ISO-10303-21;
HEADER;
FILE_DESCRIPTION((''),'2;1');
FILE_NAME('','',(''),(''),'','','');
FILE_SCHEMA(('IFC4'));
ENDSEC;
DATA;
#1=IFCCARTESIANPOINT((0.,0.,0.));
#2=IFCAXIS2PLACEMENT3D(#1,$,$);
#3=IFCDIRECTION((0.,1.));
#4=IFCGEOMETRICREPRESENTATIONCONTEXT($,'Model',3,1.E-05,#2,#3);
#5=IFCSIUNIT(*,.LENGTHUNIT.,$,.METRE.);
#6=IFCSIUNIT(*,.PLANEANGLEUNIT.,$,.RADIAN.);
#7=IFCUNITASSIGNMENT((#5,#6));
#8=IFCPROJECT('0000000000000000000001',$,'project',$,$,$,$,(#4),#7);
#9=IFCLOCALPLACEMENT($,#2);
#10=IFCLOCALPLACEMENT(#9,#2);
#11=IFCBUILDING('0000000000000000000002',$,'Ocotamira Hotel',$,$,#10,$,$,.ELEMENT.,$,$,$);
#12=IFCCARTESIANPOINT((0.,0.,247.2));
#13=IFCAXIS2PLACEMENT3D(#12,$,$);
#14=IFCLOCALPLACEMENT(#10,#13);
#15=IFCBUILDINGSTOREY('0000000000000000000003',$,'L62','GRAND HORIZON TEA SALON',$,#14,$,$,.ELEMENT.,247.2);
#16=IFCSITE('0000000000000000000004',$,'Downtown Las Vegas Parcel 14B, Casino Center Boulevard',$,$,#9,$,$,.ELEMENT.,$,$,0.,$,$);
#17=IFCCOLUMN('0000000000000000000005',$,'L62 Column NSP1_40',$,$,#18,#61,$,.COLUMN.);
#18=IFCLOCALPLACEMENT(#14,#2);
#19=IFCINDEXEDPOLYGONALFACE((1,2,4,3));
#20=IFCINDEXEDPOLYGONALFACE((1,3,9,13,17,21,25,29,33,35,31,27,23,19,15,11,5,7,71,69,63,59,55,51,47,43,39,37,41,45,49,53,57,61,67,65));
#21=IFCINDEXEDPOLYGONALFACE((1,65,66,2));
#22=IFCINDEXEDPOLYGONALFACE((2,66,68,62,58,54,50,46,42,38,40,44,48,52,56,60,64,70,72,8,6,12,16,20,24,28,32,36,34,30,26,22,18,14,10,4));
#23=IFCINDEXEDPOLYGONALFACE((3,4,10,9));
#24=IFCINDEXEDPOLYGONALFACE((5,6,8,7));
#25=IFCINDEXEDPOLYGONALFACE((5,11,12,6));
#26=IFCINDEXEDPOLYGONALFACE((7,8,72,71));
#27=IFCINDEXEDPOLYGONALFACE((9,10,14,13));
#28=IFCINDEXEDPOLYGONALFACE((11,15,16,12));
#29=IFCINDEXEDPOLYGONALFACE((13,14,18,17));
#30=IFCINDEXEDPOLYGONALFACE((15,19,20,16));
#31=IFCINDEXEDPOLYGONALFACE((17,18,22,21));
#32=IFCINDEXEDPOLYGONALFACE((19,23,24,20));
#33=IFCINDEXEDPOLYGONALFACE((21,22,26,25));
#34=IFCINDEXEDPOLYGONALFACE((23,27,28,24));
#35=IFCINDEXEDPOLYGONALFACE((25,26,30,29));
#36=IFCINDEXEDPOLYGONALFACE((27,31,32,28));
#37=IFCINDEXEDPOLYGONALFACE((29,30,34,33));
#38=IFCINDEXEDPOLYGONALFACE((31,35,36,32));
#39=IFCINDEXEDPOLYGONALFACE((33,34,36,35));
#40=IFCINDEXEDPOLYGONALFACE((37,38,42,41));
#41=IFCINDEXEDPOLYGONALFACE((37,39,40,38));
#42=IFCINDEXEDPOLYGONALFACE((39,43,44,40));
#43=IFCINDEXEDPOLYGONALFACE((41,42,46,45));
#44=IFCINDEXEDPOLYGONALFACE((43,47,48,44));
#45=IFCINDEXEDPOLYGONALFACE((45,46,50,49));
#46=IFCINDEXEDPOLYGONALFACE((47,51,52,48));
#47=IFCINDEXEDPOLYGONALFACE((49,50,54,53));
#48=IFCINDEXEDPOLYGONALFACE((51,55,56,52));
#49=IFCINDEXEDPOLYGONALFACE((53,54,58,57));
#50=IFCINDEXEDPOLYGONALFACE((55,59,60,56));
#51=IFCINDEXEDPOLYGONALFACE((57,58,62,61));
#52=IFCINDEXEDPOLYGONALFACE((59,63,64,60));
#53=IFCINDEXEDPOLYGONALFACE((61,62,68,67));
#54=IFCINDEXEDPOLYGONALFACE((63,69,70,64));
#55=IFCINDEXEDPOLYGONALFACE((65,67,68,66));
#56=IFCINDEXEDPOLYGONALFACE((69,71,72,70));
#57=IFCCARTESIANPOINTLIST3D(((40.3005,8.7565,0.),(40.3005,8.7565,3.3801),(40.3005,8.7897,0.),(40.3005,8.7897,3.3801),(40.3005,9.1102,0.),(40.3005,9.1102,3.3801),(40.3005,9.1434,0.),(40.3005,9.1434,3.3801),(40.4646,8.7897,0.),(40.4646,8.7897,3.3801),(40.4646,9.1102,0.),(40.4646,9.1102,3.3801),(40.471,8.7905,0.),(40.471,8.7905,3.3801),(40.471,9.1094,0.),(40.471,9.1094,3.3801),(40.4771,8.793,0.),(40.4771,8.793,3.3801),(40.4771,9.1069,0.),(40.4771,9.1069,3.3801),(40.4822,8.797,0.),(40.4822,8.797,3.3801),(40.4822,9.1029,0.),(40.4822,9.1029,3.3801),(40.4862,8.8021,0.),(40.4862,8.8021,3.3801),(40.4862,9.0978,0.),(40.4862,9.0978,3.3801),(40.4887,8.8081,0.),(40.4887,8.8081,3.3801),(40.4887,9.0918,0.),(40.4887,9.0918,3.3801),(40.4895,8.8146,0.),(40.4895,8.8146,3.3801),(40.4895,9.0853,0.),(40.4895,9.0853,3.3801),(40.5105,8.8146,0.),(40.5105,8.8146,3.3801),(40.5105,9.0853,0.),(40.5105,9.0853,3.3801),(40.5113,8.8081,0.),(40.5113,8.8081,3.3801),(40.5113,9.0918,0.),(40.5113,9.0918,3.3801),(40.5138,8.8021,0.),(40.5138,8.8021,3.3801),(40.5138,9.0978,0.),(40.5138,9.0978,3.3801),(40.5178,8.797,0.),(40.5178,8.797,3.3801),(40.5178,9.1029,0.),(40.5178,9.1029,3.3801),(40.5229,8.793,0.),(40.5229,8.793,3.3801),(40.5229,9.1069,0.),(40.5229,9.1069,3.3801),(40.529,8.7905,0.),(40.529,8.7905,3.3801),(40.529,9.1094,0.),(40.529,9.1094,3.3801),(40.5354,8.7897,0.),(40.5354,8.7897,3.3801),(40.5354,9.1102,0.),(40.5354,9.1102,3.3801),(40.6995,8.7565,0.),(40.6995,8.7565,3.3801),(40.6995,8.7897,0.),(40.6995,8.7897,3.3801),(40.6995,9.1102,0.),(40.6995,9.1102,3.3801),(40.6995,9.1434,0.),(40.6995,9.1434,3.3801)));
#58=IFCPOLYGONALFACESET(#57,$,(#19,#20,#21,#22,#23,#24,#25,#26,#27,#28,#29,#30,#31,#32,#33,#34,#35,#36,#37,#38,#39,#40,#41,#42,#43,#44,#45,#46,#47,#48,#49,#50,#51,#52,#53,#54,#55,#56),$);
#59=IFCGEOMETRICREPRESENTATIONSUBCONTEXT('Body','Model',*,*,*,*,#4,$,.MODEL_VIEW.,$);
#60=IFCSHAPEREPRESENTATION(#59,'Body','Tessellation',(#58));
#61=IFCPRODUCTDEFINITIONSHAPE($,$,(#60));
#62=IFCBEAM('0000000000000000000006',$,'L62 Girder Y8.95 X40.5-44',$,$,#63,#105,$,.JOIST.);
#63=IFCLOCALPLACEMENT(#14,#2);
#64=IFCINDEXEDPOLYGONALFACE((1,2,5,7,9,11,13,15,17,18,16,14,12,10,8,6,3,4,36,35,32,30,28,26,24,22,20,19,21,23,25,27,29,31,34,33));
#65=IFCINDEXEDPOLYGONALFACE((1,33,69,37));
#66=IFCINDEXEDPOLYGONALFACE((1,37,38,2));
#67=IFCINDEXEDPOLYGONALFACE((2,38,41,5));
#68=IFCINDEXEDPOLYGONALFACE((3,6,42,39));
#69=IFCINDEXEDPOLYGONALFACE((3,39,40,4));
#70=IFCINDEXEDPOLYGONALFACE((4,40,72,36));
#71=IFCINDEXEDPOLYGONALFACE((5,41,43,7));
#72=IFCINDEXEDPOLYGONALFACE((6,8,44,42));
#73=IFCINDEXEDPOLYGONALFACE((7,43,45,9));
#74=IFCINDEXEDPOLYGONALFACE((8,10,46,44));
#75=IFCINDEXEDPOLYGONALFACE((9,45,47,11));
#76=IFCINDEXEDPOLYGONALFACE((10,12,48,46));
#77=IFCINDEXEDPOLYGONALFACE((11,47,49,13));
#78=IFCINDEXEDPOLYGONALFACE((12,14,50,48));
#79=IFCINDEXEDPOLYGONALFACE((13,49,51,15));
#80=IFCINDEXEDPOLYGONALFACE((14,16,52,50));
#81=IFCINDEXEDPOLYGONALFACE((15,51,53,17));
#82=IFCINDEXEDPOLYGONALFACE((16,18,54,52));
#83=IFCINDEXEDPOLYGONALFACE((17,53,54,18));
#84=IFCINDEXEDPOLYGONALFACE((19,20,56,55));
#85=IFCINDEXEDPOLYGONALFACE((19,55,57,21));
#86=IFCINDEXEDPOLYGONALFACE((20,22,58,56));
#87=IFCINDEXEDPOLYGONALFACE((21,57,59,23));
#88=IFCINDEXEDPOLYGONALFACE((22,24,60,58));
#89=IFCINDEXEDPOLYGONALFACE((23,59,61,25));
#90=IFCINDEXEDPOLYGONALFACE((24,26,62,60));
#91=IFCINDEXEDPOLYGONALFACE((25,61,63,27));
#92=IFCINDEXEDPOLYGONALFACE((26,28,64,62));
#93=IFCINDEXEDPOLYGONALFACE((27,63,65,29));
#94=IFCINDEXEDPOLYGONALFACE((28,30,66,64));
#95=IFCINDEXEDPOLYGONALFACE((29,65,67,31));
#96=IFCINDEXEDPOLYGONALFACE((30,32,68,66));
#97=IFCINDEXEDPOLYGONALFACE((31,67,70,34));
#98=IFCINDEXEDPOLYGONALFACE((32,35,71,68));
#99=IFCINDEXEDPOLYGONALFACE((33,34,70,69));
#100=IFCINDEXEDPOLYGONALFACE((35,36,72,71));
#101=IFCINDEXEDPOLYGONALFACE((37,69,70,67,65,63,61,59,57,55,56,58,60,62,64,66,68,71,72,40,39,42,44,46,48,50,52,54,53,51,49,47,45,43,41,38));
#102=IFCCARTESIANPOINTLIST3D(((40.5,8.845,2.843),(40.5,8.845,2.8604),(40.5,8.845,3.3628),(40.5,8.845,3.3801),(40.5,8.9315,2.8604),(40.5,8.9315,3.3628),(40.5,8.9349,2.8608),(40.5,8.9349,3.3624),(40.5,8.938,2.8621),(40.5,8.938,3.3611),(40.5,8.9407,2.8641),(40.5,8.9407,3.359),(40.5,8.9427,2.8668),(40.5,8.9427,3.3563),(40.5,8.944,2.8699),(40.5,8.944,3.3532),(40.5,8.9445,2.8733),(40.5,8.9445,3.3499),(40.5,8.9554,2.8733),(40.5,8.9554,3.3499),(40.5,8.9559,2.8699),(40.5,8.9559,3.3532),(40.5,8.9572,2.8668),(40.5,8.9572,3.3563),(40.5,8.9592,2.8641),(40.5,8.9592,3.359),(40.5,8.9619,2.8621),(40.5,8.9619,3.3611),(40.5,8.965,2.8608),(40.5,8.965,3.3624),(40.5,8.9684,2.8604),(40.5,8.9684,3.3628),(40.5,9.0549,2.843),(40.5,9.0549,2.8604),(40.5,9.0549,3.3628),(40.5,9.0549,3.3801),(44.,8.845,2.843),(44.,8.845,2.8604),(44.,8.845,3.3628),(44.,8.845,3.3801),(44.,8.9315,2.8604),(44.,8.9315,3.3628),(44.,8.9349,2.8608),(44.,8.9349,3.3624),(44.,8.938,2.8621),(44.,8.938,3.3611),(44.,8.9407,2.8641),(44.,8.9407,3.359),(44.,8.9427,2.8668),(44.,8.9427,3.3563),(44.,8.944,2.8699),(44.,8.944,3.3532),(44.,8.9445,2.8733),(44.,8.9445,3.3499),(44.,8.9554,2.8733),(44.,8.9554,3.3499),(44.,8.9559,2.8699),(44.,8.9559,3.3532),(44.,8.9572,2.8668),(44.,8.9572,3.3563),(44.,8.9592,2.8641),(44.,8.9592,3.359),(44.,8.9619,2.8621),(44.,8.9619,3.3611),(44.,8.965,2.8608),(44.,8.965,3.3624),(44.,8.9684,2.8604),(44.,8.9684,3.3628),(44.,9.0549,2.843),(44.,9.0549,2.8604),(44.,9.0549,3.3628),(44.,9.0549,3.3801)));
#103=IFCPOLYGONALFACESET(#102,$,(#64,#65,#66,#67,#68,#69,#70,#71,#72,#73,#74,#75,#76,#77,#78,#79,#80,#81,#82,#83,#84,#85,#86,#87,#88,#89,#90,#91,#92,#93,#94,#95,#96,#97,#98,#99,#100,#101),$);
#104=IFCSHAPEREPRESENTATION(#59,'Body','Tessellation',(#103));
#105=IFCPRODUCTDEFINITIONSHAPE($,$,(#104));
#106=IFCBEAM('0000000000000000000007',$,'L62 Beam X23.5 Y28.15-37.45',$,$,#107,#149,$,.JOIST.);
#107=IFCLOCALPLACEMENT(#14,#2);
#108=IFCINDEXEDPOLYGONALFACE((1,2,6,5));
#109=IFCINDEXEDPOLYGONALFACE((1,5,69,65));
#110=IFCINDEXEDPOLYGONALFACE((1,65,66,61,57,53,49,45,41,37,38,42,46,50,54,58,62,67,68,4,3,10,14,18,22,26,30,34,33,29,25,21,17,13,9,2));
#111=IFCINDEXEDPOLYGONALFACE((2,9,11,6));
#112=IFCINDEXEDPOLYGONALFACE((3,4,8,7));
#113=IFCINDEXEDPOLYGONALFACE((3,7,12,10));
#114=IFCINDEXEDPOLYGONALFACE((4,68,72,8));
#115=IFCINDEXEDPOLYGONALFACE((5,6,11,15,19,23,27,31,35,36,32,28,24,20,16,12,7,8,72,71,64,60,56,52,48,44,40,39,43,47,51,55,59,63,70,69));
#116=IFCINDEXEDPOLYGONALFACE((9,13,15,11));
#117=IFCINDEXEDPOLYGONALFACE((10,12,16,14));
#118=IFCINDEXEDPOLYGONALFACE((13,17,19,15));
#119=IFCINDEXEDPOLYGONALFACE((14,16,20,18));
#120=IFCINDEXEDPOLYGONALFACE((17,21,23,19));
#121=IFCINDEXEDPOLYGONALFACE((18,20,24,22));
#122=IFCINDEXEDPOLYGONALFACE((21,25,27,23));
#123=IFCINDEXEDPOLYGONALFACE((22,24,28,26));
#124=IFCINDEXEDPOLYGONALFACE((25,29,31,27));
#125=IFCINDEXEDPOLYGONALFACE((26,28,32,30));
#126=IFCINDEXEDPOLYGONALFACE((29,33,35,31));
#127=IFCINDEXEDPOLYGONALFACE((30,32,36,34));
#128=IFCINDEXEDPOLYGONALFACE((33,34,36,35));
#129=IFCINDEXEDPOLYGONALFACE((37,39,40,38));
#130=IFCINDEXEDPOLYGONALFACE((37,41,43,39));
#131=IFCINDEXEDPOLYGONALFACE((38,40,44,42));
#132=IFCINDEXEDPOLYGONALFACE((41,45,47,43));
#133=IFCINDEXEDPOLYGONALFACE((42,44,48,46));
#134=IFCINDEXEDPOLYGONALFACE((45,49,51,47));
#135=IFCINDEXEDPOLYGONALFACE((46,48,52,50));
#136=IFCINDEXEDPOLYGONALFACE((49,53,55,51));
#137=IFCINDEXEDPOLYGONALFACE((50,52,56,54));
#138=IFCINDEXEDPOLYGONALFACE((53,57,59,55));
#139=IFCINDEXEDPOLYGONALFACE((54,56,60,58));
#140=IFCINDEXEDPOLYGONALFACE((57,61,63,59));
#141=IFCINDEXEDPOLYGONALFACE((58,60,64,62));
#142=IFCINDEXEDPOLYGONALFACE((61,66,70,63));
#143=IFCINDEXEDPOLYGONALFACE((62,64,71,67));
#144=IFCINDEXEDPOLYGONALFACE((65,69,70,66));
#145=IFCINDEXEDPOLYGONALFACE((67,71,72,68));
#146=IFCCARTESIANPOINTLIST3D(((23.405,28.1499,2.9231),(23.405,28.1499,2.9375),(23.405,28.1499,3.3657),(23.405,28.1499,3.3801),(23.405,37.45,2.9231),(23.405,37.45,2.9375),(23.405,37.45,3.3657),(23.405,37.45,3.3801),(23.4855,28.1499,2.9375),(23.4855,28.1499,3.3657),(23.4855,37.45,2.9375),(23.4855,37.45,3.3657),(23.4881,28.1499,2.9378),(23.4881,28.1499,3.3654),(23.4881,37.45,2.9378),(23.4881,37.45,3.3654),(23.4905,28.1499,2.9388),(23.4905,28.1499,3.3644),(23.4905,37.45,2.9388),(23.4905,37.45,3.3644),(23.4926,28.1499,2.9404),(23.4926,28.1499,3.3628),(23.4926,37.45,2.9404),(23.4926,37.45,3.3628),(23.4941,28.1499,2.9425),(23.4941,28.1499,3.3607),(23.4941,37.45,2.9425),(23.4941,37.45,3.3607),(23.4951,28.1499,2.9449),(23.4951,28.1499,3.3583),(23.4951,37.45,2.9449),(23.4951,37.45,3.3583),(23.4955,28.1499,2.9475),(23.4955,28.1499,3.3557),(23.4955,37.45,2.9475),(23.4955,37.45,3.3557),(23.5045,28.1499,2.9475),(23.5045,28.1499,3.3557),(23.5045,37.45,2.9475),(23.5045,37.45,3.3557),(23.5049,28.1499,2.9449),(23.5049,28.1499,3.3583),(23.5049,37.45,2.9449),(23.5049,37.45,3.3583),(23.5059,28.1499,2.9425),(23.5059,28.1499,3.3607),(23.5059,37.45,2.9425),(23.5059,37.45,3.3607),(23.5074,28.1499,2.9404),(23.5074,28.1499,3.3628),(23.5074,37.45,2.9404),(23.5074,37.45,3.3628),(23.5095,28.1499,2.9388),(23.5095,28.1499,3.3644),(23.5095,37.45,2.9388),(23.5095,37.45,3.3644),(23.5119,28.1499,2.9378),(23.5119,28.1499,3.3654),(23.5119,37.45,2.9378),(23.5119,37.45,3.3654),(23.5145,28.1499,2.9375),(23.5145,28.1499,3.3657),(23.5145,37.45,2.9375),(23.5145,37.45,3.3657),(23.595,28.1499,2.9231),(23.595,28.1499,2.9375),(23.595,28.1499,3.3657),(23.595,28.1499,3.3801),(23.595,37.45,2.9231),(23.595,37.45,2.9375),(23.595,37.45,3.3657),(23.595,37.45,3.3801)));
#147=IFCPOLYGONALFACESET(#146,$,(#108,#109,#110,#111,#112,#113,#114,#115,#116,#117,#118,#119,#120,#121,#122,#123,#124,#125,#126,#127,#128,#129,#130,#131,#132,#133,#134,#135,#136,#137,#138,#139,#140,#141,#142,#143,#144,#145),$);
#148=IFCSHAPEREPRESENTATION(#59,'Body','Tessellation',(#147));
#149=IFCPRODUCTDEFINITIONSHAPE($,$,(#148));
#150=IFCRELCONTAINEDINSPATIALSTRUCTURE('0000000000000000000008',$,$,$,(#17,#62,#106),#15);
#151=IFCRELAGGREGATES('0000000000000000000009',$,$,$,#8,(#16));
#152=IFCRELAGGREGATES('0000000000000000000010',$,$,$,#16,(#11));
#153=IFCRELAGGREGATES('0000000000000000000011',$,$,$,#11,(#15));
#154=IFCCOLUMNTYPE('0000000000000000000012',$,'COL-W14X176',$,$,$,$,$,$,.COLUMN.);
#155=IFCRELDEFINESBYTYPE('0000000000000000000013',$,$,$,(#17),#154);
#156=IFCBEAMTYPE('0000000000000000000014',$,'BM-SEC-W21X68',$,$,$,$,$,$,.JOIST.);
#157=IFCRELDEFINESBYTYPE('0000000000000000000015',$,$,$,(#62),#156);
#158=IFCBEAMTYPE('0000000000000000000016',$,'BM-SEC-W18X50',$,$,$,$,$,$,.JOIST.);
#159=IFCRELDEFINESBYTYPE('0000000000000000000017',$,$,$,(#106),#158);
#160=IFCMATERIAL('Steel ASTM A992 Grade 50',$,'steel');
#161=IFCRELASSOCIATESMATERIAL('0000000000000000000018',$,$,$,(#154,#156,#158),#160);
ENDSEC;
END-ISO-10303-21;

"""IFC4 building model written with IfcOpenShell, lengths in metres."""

from ifc_helpers import new_model, si_unit, direction, frame, origin, origin_2d, place, context, subcontext, project, spatial, i_section, extrude, source, transform, mapped, material, material_profile, profile_set, type_object, element, save


model = new_model("IFC4")

# Units and contexts
model_context = context("Model", 3, precision=1e-05, world=origin(), true_north=direction((0.0, 1.0)))
body_context = subcontext(model_context, "Body", "Model", "MODEL_VIEW")
ifc_project = project(units=[si_unit("LENGTHUNIT", "METRE"), si_unit("PLANEANGLEUNIT", "RADIAN")], contexts=[model_context])

# Site, building, storey
site_placement = place(None, origin())
site = spatial("IfcSite", under=ifc_project, at=site_placement, Name="Downtown Las Vegas Parcel 14B, Casino Center Boulevard", CompositionType="ELEMENT", RefElevation=0.0)
building_placement = place(site_placement, origin())
building = spatial("IfcBuilding", under=site, at=building_placement, Name="Ocotamira Hotel", CompositionType="ELEMENT")
storey_placement = place(building_placement, frame((0.0, 0.0, 247.2)))
storey = spatial("IfcBuildingStorey", under=building, at=storey_placement, Name="L62", Description="GRAND HORIZON TEA SALON", CompositionType="ELEMENT", Elevation=247.2)

# Column
ifc_material_1 = material(Name="Steel ASTM A992 Grade 50", Category="steel")
ifc_material_profile_1 = material_profile(ifc_material_1, i_section(OverallWidth=0.3989, OverallDepth=0.387, WebThickness=0.021, FlangeThickness=0.0332, FilletRadius=0.0249, at=origin_2d()), Name="W14X176")
ifc_profile_set_1 = profile_set([ifc_material_profile_1], Name="Steel ASTM A992 Grade 50")
column_type = type_object("IfcColumnType", Name="COL-W14X176", PredefinedType="COLUMN", material=ifc_profile_set_1)
shared_shape_1 = source(origin(), body_context, "Body", "SweptSolid", [
    extrude(i_section(OverallWidth=0.3989, OverallDepth=0.387, WebThickness=0.021, FlangeThickness=0.0332, FilletRadius=0.0249, at=origin_2d()), origin(), (0.0, 0.0, 1.0), 3.3801),
])
column_placement = place(storey_placement, frame((40.5, 8.95, 0.0), z_axis=(0.0, 0.0, 1.0), x_axis=(1.0, 0.0, 0.0)))
element("IfcColumn", 1, at=column_placement, inside=storey, type_object=column_type, Name="L62 Column NSP1_40", PredefinedType="COLUMN", context=body_context, shape_type="MappedRepresentation", body=[
    mapped(shared_shape_1, transform((0.0, 0.0, 0.0), scale=1.0)),
])

# Beams
ifc_material_profile_2 = material_profile(ifc_material_1, i_section(OverallWidth=0.21, OverallDepth=0.5371, WebThickness=0.011, FlangeThickness=0.0173, FilletRadius=0.0129, at=origin_2d()), Name="W21X68")
ifc_profile_set_2 = profile_set([ifc_material_profile_2], Name="Steel ASTM A992 Grade 50")
beam_type_1 = type_object("IfcBeamType", Name="BM-SEC-W21X68", PredefinedType="JOIST", material=ifc_profile_set_2)
shared_shape_2 = source(origin(), body_context, "Body", "SweptSolid", [
    extrude(i_section(OverallWidth=0.21, OverallDepth=0.5371, WebThickness=0.011, FlangeThickness=0.0173, FilletRadius=0.0129, at=origin_2d()), origin(), (0.0, 0.0, 1.0), 3.5),
])
beam_1_placement = place(storey_placement, frame((40.5, 8.95, 3.1116), z_axis=(1.0, 0.0, 0.0), x_axis=(0.0, 1.0, 0.0)))
element("IfcBeam", 2, at=beam_1_placement, inside=storey, type_object=beam_type_1, Name="L62 Girder Y8.95 X40.5-44", PredefinedType="JOIST", context=body_context, shape_type="MappedRepresentation", body=[
    mapped(shared_shape_2, transform((0.0, 0.0, 0.0), scale=1.0)),
])
ifc_material_profile_3 = material_profile(ifc_material_1, i_section(OverallWidth=0.1899, OverallDepth=0.457, WebThickness=0.009, FlangeThickness=0.0144, FilletRadius=0.01, at=origin_2d()), Name="W18X50")
ifc_profile_set_3 = profile_set([ifc_material_profile_3], Name="Steel ASTM A992 Grade 50")
beam_type_2 = type_object("IfcBeamType", Name="BM-SEC-W18X50", PredefinedType="JOIST", material=ifc_profile_set_3)
shared_shape_3 = source(origin(), body_context, "Body", "SweptSolid", [
    extrude(i_section(OverallWidth=0.1899, OverallDepth=0.457, WebThickness=0.009, FlangeThickness=0.0144, FilletRadius=0.01, at=origin_2d()), origin(), (0.0, 0.0, 1.0), 9.3),
])
beam_2_placement = place(storey_placement, frame((23.5, 28.1499, 3.1516), z_axis=(0.0, 1.0, 0.0), x_axis=(-1.0, 0.0, 0.0)))
element("IfcBeam", 3, at=beam_2_placement, inside=storey, type_object=beam_type_2, Name="L62 Beam X23.5 Y28.15-37.45", PredefinedType="JOIST", context=body_context, shape_type="MappedRepresentation", body=[
    mapped(shared_shape_3, transform((0.0, 0.0, 0.0), scale=1.0)),
])

save(model, "model.ifc")
